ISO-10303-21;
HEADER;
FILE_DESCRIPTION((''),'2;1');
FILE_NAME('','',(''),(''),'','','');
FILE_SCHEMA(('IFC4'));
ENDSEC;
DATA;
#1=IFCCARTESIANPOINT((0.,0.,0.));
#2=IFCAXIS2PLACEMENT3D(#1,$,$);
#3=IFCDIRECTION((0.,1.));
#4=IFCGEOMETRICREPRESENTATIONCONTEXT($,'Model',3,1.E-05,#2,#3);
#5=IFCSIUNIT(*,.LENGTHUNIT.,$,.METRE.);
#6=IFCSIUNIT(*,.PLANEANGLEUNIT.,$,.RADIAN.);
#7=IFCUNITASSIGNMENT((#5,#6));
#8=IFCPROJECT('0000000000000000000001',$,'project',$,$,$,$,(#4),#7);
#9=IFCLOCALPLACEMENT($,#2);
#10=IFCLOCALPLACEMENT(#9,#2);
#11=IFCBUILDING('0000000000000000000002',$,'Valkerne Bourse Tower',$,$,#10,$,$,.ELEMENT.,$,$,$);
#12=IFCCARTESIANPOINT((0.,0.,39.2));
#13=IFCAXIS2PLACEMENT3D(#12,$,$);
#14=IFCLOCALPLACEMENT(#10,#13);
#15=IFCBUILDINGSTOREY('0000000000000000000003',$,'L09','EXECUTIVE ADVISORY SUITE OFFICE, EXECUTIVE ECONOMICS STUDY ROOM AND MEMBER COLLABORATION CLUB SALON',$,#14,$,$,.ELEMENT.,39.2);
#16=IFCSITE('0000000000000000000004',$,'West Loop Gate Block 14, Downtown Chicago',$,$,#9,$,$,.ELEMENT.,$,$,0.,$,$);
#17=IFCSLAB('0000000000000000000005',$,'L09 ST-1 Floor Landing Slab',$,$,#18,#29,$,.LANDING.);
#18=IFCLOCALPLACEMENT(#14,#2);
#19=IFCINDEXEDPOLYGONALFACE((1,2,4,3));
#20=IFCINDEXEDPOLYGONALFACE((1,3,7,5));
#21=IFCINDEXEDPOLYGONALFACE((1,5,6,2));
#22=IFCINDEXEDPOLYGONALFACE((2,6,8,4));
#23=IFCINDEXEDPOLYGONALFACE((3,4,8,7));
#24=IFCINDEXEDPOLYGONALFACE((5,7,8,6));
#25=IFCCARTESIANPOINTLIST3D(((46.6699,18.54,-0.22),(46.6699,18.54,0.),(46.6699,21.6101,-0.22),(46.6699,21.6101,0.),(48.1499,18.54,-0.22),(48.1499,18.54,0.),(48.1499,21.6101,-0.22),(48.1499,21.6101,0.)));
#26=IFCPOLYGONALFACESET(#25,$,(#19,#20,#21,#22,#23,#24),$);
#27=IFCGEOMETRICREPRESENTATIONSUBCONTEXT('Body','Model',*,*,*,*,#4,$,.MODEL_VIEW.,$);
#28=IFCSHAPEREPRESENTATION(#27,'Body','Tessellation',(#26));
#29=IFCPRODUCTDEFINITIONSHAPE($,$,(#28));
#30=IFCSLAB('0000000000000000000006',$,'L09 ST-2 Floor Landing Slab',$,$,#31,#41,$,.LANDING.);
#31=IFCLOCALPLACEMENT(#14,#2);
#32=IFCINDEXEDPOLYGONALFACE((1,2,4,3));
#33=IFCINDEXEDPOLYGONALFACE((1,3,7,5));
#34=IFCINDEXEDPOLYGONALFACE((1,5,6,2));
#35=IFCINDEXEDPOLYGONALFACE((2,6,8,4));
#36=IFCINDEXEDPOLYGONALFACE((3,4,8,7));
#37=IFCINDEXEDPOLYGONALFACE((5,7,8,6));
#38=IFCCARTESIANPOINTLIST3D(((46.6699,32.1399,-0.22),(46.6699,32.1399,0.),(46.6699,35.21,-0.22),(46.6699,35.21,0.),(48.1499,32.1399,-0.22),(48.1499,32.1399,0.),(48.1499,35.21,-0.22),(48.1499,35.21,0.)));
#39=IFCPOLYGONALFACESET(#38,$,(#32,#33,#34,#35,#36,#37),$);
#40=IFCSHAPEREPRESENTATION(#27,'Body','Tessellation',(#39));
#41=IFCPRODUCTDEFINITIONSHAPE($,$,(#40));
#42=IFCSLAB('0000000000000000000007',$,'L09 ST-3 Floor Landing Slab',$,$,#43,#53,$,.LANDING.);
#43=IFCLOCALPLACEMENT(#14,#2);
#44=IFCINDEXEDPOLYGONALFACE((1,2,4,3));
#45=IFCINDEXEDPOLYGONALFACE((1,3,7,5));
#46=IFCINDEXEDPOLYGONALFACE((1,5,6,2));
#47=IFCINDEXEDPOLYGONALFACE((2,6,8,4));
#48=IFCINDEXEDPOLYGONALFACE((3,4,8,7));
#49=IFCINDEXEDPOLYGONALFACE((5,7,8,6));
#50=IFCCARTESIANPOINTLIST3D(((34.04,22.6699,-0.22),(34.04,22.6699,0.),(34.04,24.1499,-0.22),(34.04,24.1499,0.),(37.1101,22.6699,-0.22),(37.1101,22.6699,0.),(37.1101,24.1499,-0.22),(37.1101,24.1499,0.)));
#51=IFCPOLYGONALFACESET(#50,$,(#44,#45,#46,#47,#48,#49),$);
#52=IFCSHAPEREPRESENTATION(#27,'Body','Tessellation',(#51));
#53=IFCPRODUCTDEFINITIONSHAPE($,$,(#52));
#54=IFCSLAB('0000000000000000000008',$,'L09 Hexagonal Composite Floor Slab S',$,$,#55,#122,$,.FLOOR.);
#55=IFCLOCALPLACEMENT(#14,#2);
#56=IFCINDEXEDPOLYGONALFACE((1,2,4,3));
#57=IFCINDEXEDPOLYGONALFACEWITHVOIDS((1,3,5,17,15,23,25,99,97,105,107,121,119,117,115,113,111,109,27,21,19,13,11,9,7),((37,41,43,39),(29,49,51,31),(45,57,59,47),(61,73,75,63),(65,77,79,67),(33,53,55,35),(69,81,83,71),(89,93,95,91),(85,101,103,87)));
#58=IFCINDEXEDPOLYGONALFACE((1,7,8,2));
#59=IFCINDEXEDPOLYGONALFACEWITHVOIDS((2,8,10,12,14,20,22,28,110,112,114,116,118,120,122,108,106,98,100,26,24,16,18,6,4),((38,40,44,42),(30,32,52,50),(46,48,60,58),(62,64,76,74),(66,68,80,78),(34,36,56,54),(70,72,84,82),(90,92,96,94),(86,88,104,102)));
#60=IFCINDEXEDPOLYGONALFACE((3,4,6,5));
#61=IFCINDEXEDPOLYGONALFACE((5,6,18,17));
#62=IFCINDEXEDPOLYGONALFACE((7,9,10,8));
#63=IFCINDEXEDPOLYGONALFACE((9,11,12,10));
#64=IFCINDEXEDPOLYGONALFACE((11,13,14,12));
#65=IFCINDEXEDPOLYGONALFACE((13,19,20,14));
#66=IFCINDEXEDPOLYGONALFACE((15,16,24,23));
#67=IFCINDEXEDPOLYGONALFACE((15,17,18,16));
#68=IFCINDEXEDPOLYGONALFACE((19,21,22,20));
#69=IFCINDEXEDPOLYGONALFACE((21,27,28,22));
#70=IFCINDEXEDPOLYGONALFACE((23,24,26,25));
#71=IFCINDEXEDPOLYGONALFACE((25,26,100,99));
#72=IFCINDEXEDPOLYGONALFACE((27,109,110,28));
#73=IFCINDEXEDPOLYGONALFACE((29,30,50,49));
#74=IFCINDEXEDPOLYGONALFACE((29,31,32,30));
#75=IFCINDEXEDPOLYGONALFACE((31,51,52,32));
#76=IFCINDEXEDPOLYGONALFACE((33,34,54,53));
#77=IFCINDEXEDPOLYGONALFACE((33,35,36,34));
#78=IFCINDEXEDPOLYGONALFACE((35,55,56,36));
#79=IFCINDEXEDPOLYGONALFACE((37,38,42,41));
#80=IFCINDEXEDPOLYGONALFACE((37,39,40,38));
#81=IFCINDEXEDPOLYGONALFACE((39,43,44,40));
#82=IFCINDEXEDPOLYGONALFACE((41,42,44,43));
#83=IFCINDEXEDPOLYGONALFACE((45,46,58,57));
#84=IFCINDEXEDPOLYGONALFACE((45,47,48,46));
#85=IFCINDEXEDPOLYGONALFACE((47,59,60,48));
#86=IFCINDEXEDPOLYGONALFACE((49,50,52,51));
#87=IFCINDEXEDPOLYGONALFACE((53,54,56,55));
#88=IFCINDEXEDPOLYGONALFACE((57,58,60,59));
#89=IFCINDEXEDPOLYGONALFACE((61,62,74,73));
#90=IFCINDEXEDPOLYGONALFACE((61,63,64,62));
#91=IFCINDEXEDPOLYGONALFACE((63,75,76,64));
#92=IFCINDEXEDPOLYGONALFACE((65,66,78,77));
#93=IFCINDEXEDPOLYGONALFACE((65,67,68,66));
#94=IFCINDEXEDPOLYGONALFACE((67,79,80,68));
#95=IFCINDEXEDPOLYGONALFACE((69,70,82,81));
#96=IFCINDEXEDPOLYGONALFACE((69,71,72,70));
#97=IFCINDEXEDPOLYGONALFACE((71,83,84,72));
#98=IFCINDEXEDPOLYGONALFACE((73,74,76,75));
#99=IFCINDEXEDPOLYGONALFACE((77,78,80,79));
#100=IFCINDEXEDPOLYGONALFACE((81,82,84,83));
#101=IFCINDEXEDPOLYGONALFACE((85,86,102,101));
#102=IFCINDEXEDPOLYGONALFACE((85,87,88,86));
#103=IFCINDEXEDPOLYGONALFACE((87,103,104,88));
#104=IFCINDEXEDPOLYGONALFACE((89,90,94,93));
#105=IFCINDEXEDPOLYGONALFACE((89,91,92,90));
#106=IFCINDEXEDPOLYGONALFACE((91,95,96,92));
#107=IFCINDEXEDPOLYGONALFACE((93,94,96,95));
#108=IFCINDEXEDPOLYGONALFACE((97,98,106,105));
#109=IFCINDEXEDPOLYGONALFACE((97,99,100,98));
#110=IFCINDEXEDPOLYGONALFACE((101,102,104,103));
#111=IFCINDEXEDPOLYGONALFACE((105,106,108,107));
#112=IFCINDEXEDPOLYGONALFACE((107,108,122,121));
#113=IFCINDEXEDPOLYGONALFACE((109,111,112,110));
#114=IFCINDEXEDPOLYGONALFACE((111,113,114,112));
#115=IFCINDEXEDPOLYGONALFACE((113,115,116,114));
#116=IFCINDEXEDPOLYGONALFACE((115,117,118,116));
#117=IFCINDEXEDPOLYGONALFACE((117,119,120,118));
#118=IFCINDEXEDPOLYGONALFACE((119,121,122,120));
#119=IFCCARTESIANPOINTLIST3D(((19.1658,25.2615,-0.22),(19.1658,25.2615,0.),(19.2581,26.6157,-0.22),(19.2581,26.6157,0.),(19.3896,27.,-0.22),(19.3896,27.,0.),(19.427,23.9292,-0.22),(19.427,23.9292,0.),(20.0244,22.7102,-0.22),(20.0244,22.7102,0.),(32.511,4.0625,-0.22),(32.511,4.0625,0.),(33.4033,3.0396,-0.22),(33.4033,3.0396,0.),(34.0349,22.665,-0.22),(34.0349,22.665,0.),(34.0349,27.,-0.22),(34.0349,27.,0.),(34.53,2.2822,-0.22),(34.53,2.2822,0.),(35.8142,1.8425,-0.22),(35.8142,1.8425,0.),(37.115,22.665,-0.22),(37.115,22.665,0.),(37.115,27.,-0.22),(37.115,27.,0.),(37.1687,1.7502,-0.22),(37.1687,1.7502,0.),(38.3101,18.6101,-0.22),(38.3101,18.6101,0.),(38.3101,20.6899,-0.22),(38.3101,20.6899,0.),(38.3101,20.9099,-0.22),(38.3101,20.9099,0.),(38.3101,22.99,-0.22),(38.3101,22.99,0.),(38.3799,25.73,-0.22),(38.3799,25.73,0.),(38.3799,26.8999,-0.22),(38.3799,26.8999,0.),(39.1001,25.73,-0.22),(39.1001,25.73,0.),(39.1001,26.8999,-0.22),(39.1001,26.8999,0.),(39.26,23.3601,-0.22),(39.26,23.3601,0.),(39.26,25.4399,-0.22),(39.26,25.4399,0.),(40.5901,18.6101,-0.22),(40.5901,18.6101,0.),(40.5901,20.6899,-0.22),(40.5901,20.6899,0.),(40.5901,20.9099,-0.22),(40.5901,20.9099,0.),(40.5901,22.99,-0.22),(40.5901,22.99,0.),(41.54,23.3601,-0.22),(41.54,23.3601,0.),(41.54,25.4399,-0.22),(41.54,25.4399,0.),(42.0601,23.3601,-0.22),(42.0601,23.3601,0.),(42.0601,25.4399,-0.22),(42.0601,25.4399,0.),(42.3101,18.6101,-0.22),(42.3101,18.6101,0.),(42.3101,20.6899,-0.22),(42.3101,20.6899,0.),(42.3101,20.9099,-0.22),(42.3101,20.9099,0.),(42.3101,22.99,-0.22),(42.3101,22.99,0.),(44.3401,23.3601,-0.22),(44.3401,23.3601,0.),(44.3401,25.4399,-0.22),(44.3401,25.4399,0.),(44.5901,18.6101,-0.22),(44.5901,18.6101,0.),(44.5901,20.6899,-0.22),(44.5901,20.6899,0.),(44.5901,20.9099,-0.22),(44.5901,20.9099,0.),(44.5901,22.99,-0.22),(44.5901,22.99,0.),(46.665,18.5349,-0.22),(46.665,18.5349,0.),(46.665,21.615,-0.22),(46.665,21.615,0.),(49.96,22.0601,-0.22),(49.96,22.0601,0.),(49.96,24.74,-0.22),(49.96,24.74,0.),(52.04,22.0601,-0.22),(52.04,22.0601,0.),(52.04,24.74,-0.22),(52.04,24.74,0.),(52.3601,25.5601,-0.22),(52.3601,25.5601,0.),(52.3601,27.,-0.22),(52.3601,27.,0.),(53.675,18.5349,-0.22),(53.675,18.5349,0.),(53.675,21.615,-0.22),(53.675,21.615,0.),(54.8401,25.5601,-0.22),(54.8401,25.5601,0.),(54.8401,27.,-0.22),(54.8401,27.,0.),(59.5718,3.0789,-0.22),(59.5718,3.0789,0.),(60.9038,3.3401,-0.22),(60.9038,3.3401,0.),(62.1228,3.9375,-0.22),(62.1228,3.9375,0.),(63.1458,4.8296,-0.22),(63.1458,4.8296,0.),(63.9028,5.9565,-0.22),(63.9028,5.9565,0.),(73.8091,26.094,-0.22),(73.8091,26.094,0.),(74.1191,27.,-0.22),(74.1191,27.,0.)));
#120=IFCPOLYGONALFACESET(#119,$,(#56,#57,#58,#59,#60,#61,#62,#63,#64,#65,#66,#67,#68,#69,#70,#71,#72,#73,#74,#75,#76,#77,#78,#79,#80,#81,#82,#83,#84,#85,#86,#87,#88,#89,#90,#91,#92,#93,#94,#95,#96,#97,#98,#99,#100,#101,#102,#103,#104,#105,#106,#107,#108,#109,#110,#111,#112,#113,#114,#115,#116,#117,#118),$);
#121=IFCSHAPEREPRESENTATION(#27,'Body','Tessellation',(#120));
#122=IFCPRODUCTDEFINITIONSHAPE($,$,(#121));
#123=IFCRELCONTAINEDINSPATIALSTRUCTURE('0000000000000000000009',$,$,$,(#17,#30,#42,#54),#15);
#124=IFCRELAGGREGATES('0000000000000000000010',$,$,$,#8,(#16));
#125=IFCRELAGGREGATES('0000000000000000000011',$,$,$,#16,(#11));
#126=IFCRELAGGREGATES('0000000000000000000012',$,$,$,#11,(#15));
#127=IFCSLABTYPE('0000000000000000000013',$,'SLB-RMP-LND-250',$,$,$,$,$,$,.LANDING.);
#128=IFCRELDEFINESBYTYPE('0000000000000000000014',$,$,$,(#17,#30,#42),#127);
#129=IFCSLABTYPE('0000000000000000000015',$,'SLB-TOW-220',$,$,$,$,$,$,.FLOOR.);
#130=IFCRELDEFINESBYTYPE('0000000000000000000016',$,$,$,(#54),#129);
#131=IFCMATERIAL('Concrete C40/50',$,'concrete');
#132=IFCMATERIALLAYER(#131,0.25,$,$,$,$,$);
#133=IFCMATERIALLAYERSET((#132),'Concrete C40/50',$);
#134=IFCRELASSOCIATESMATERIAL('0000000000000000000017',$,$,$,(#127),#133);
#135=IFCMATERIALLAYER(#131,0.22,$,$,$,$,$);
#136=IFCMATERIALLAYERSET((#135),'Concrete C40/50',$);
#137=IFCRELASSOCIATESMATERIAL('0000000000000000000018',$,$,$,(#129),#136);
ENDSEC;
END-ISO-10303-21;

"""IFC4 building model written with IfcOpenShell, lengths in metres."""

from ifc_helpers import new_model, si_unit, direction, frame, origin, place, context, subcontext, project, spatial, polyline, outline, extrude, material, layer, layer_set, type_object, element, save


model = new_model("IFC4")

# Units and contexts
model_context = context("Model", 3, precision=1e-05, world=origin(), true_north=direction((0.0, 1.0)))
body_context = subcontext(model_context, "Body", "Model", "MODEL_VIEW")
ifc_project = project(units=[si_unit("LENGTHUNIT", "METRE"), si_unit("PLANEANGLEUNIT", "RADIAN")], contexts=[model_context])

# Site, building, storey
site_placement = place(None, origin())
site = spatial("IfcSite", under=ifc_project, at=site_placement, Name="West Loop Gate Block 14, Downtown Chicago", CompositionType="ELEMENT", RefElevation=0.0)
building_placement = place(site_placement, origin())
building = spatial("IfcBuilding", under=site, at=building_placement, Name="Valkerne Bourse Tower", CompositionType="ELEMENT")
storey_placement = place(building_placement, frame((0.0, 0.0, 39.2)))
storey = spatial("IfcBuildingStorey", under=building, at=storey_placement, Name="L09", Description="EXECUTIVE ADVISORY SUITE OFFICE, EXECUTIVE ECONOMICS STUDY ROOM AND MEMBER COLLABORATION CLUB SALON", CompositionType="ELEMENT", Elevation=39.2)

# Slabs
ifc_material_1 = material(Name="Concrete C40/50", Category="concrete")
ifc_layer_1 = layer(ifc_material_1, 0.25)
ifc_layer_set_1 = layer_set([ifc_layer_1], Name="Concrete C40/50")
slab_type_1 = type_object("IfcSlabType", Name="SLB-RMP-LND-250", PredefinedType="LANDING", material=ifc_layer_set_1)
slab_1_placement = place(storey_placement, frame((0.0, 0.0, -0.22)))
element("IfcSlab", 1, at=slab_1_placement, inside=storey, type_object=slab_type_1, Name="L09 ST-1 Floor Landing Slab", PredefinedType="LANDING", context=body_context, shape_type="SweptSolid", body=[
    extrude(outline(polyline([(46.6699, 18.54), (48.1499, 18.54), (48.1499, 21.6101), (46.6699, 21.6101), (46.6699, 18.54)])), origin(), (0.0, 0.0, 1.0), 0.22),
])
slab_2_placement = place(storey_placement, frame((0.0, 0.0, -0.22)))
element("IfcSlab", 2, at=slab_2_placement, inside=storey, type_object=slab_type_1, Name="L09 ST-2 Floor Landing Slab", PredefinedType="LANDING", context=body_context, shape_type="SweptSolid", body=[
    extrude(outline(polyline([(46.6699, 32.1399), (48.1499, 32.1399), (48.1499, 35.21), (46.6699, 35.21), (46.6699, 32.1399)])), origin(), (0.0, 0.0, 1.0), 0.22),
])
slab_3_placement = place(storey_placement, frame((0.0, 0.0, -0.22)))
element("IfcSlab", 3, at=slab_3_placement, inside=storey, type_object=slab_type_1, Name="L09 ST-3 Floor Landing Slab", PredefinedType="LANDING", context=body_context, shape_type="SweptSolid", body=[
    extrude(outline(polyline([(37.1101, 22.6699), (37.1101, 24.1499), (34.04, 24.1499), (34.04, 22.6699), (37.1101, 22.6699)])), origin(), (0.0, 0.0, 1.0), 0.22),
])
ifc_layer_2 = layer(ifc_material_1, 0.22)
ifc_layer_set_2 = layer_set([ifc_layer_2], Name="Concrete C40/50")
slab_type_2 = type_object("IfcSlabType", Name="SLB-TOW-220", PredefinedType="FLOOR", material=ifc_layer_set_2)
slab_4_placement = place(storey_placement, frame((0.0, 0.0, -0.22)))
element("IfcSlab", 4, at=slab_4_placement, inside=storey, type_object=slab_type_2, Name="L09 Hexagonal Composite Floor Slab S", PredefinedType="FLOOR", context=body_context, shape_type="SweptSolid", body=[
    extrude(outline(polyline([(63.1458, 4.8296), (62.1228, 3.9375), (60.9038, 3.3401), (59.5718, 3.0789), (37.1687, 1.7502), (35.8142, 1.8425), (34.53, 2.2822), (33.4033, 3.0396), (32.511, 4.0625), (20.0244, 22.7102), (19.427, 23.9292), (19.1658, 25.2615), (19.2581, 26.6157), (19.3896, 27.0), (34.0349, 27.0), (34.0349, 22.665), (37.115, 22.665), (37.115, 27.0), (52.3601, 27.0), (52.3601, 25.5601), (54.8401, 25.5601), (54.8401, 27.0), (74.1191, 27.0), (73.8091, 26.094), (63.9028, 5.9565), (63.1458, 4.8296)]), holes=[polyline([(40.5901, 20.6899), (38.3101, 20.6899), (38.3101, 18.6101), (40.5901, 18.6101), (40.5901, 20.6899)]), polyline([(40.5901, 22.99), (38.3101, 22.99), (38.3101, 20.9099), (40.5901, 20.9099), (40.5901, 22.99)]), polyline([(41.54, 25.4399), (39.26, 25.4399), (39.26, 23.3601), (41.54, 23.3601), (41.54, 25.4399)]), polyline([(39.1001, 25.73), (39.1001, 26.8999), (38.3799, 26.8999), (38.3799, 25.73), (39.1001, 25.73)]), polyline([(44.5901, 20.6899), (42.3101, 20.6899), (42.3101, 18.6101), (44.5901, 18.6101), (44.5901, 20.6899)]), polyline([(53.675, 21.615), (46.665, 21.615), (46.665, 18.5349), (53.675, 18.5349), (53.675, 21.615)]), polyline([(44.5901, 22.99), (42.3101, 22.99), (42.3101, 20.9099), (44.5901, 20.9099), (44.5901, 22.99)]), polyline([(52.04, 22.0601), (52.04, 24.74), (49.96, 24.74), (49.96, 22.0601), (52.04, 22.0601)]), polyline([(44.3401, 23.3601), (44.3401, 25.4399), (42.0601, 25.4399), (42.0601, 23.3601), (44.3401, 23.3601)])]), origin(), (0.0, 0.0, 1.0), 0.22),
])

save(model, "model.ifc")
